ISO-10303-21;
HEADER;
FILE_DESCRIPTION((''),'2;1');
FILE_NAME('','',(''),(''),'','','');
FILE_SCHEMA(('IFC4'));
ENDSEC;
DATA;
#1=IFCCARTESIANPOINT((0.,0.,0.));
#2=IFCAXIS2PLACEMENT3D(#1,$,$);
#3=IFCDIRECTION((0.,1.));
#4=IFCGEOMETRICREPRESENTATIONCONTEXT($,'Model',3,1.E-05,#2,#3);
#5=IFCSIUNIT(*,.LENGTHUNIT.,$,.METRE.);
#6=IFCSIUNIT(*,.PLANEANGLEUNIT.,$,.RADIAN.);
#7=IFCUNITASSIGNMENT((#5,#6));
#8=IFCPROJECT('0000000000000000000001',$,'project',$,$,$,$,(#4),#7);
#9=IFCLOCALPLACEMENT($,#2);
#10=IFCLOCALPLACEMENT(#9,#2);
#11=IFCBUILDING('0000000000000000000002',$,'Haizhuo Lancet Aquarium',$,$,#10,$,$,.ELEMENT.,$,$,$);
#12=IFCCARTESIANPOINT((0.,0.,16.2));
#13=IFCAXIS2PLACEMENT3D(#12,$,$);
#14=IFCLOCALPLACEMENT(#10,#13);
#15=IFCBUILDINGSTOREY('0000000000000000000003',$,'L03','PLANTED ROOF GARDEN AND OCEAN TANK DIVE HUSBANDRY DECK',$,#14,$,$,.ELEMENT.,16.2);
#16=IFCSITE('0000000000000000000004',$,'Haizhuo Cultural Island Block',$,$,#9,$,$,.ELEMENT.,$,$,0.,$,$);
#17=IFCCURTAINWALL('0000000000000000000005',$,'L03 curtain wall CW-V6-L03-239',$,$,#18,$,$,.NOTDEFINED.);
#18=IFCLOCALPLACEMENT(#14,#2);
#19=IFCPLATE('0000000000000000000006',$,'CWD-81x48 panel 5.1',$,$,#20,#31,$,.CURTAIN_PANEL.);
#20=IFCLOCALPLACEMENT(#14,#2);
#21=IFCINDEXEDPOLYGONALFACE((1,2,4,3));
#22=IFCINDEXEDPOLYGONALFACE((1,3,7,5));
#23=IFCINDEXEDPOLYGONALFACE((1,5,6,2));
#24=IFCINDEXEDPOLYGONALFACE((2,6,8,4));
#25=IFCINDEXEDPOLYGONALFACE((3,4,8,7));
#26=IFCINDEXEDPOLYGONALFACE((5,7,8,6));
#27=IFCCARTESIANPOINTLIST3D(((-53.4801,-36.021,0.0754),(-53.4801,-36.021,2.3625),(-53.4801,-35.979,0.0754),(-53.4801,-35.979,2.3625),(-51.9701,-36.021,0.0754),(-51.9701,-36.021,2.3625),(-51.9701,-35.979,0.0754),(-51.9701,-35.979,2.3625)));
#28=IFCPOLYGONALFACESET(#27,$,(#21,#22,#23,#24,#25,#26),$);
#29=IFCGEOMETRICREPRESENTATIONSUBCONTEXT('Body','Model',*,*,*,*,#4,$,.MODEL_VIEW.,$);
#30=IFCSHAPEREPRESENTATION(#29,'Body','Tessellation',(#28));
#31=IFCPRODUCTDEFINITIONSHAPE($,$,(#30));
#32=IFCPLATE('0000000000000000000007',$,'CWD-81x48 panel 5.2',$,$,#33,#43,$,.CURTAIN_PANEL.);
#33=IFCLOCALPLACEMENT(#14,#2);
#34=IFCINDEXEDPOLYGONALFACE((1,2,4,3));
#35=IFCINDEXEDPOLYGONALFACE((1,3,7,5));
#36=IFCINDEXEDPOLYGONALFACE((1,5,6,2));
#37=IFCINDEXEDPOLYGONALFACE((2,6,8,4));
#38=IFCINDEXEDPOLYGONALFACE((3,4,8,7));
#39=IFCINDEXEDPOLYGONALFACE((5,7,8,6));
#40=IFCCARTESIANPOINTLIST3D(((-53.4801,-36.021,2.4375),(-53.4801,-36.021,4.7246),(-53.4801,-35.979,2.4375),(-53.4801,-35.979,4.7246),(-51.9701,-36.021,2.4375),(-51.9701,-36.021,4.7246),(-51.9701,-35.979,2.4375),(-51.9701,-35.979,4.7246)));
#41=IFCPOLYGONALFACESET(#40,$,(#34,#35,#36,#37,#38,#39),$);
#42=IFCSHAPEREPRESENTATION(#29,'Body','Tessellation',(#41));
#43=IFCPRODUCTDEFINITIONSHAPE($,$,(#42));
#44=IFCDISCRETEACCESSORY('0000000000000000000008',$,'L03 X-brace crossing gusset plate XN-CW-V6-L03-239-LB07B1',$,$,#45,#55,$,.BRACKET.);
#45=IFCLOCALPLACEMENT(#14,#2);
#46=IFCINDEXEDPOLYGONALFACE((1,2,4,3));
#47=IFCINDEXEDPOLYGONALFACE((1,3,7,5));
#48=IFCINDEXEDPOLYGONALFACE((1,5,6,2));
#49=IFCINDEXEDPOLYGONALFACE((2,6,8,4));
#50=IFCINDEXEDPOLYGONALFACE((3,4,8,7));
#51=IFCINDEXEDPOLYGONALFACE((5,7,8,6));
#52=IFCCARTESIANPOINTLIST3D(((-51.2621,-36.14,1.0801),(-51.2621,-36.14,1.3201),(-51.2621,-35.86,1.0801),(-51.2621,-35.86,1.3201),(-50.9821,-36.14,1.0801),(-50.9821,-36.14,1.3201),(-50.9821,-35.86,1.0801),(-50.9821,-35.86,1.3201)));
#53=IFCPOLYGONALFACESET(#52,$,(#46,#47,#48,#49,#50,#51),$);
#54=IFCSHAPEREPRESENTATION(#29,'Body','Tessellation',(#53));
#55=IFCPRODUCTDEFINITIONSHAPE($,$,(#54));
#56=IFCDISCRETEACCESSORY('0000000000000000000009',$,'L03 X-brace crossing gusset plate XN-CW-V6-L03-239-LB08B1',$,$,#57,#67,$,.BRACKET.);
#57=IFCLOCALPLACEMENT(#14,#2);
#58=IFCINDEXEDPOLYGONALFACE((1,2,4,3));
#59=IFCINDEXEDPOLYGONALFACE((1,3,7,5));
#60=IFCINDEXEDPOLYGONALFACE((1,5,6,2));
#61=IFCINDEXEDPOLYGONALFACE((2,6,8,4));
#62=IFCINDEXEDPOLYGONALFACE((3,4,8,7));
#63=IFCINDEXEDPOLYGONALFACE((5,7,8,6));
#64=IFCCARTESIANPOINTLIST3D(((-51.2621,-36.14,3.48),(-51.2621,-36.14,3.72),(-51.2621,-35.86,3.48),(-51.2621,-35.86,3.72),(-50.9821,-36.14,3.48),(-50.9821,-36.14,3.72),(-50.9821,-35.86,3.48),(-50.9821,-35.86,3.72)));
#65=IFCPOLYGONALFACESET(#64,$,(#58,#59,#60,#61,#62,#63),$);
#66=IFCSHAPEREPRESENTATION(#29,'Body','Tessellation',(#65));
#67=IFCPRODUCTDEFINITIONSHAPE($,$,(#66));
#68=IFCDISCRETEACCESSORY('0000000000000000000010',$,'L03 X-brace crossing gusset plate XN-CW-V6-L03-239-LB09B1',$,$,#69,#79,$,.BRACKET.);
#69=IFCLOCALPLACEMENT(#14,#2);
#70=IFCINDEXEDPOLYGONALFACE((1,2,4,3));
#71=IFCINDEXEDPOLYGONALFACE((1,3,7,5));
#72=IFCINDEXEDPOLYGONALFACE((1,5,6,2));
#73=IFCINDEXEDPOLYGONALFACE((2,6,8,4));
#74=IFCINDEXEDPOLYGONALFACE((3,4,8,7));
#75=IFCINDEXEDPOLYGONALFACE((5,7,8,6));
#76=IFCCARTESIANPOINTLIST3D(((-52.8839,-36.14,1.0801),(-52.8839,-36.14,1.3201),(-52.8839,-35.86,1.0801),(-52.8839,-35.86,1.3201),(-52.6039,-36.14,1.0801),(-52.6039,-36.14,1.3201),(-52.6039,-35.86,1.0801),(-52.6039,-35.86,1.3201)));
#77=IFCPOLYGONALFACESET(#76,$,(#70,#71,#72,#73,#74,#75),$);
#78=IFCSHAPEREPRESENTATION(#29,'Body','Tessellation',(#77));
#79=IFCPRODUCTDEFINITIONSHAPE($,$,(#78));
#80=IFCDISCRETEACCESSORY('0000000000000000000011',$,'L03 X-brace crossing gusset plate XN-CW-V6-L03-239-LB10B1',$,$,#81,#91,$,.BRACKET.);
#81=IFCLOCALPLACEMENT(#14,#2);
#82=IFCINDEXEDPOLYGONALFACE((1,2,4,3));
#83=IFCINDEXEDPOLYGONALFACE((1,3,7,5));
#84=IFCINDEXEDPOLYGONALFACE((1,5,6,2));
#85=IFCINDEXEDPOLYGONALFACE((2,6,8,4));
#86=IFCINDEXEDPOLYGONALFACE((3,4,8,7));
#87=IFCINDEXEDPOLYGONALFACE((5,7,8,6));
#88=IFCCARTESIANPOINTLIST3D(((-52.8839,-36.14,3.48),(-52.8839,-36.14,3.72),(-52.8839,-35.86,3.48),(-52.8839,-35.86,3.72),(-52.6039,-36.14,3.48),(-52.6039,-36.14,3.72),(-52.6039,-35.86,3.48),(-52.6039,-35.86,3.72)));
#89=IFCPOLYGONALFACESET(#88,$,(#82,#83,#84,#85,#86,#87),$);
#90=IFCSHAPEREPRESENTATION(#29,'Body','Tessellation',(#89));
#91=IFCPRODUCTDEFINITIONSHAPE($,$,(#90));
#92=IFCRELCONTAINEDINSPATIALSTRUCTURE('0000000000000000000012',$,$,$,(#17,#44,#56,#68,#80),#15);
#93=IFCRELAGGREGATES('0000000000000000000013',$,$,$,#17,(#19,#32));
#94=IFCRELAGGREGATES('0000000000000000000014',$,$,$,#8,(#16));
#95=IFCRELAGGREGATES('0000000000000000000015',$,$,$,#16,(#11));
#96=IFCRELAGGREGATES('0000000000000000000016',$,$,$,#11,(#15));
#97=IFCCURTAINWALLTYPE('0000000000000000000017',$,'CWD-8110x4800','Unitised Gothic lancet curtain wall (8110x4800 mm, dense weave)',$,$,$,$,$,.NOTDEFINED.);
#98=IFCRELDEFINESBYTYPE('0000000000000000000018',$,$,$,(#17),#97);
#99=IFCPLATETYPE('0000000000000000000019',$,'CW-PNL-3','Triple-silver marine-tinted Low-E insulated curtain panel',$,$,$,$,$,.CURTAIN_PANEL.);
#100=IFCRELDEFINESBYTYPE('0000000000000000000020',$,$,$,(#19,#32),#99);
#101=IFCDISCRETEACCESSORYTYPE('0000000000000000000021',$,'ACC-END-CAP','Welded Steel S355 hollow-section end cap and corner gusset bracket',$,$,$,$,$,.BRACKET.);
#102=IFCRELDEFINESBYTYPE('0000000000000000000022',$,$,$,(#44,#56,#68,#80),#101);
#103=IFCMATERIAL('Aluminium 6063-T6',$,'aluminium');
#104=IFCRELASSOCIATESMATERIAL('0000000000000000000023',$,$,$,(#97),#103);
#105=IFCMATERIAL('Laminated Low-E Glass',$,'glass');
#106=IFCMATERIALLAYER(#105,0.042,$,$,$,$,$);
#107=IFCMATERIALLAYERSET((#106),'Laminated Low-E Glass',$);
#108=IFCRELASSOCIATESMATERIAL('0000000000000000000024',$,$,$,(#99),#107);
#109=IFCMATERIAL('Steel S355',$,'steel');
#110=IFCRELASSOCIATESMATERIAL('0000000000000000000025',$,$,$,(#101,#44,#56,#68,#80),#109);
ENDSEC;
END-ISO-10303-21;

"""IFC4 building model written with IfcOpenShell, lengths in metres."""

from ifc_helpers import new_model, si_unit, direction, frame, origin, origin_2d, place, context, subcontext, project, spatial, rectangle, extrude, material, layer, layer_set, type_object, element, aggregate, save


model = new_model("IFC4")

# Units and contexts
model_context = context("Model", 3, precision=1e-05, world=origin(), true_north=direction((0.0, 1.0)))
body_context = subcontext(model_context, "Body", "Model", "MODEL_VIEW")
ifc_project = project(units=[si_unit("LENGTHUNIT", "METRE"), si_unit("PLANEANGLEUNIT", "RADIAN")], contexts=[model_context])

# Site, building, storey
site_placement = place(None, origin())
site = spatial("IfcSite", under=ifc_project, at=site_placement, Name="Haizhuo Cultural Island Block", CompositionType="ELEMENT", RefElevation=0.0)
building_placement = place(site_placement, origin())
building = spatial("IfcBuilding", under=site, at=building_placement, Name="Haizhuo Lancet Aquarium", CompositionType="ELEMENT")
storey_placement = place(building_placement, frame((0.0, 0.0, 16.2)))
storey = spatial("IfcBuildingStorey", under=building, at=storey_placement, Name="L03", Description="PLANTED ROOF GARDEN AND OCEAN TANK DIVE HUSBANDRY DECK", CompositionType="ELEMENT", Elevation=16.2)

# Curtain wall
ifc_material_1 = material(Name="Aluminium 6063-T6", Category="aluminium")
curtain_wall_type = type_object("IfcCurtainWallType", Name="CWD-8110x4800", Description="Unitised Gothic lancet curtain wall (8110x4800 mm, dense weave)", PredefinedType="NOTDEFINED", material=ifc_material_1)
curtain_wall_placement = place(storey_placement, origin())
curtain_wall = element("IfcCurtainWall", 1, at=curtain_wall_placement, inside=storey, type_object=curtain_wall_type, Name="L03 curtain wall CW-V6-L03-239", PredefinedType="NOTDEFINED")

# Shared definitions
ifc_material_2 = material(Name="Steel S355", Category="steel")

# Plates
ifc_material_3 = material(Name="Laminated Low-E Glass", Category="glass")
ifc_layer = layer(ifc_material_3, 0.042)
ifc_layer_set = layer_set([ifc_layer], Name="Laminated Low-E Glass")
plate_type = type_object("IfcPlateType", Name="CW-PNL-3", Description="Triple-silver marine-tinted Low-E insulated curtain panel", PredefinedType="CURTAIN_PANEL", material=ifc_layer_set)
plate_1_placement = place(storey_placement, frame((-52.7251, -36.0, 0.0754), z_axis=(0.0, 0.0, 1.0), x_axis=(-1.0, 0.0, 0.0)))
plate_1 = element("IfcPlate", 2, at=plate_1_placement, type_object=plate_type, Name="CWD-81x48 panel 5.1", PredefinedType="CURTAIN_PANEL", context=body_context, shape_type="SweptSolid", body=[
    extrude(rectangle(XDim=1.51, YDim=0.042, at=origin_2d()), origin(), (0.0, 0.0, 1.0), 2.2871),
])
plate_2_placement = place(storey_placement, frame((-52.7251, -36.0, 2.4375), z_axis=(0.0, 0.0, 1.0), x_axis=(-1.0, 0.0, 0.0)))
plate_2 = element("IfcPlate", 3, at=plate_2_placement, type_object=plate_type, Name="CWD-81x48 panel 5.2", PredefinedType="CURTAIN_PANEL", context=body_context, shape_type="SweptSolid", body=[
    extrude(rectangle(XDim=1.51, YDim=0.042, at=origin_2d()), origin(), (0.0, 0.0, 1.0), 2.2871),
])
aggregate(curtain_wall, [plate_1, plate_2])

# Discrete accessories
discrete_accessory_type = type_object("IfcDiscreteAccessoryType", Name="ACC-END-CAP", Description="Welded Steel S355 hollow-section end cap and corner gusset bracket", PredefinedType="BRACKET", material=ifc_material_2)
for number, where, z_axis, x_axis, name in (
    (4, (-51.1221, -36.0, 1.0801), (0.0, 0.0, 1.0), (1.0, 0.0, 0.0), "L03 X-brace crossing gusset plate XN-CW-V6-L03-239-LB07B1"),
    (5, (-51.1221, -36.0, 3.48), (0.0, 0.0, 1.0), (1.0, 0.0, 0.0), "L03 X-brace crossing gusset plate XN-CW-V6-L03-239-LB08B1"),
    (6, (-52.7439, -36.0, 1.0801), (0.0, 0.0, 1.0), (1.0, 0.0, 0.0), "L03 X-brace crossing gusset plate XN-CW-V6-L03-239-LB09B1"),
    (7, (-52.7439, -36.0, 3.48), (0.0, 0.0, 1.0), (1.0, 0.0, 0.0), "L03 X-brace crossing gusset plate XN-CW-V6-L03-239-LB10B1"),
):
    element("IfcDiscreteAccessory", number, at=place(storey_placement, frame(where, z_axis=z_axis, x_axis=x_axis)), inside=storey, type_object=discrete_accessory_type, material=ifc_material_2, Name=name, PredefinedType="BRACKET", context=body_context, shape_type="SweptSolid", body=[
        extrude(rectangle(XDim=0.28, YDim=0.28, at=origin_2d()), origin(), (0.0, 0.0, 1.0), 0.24),
    ])

save(model, "model.ifc")
